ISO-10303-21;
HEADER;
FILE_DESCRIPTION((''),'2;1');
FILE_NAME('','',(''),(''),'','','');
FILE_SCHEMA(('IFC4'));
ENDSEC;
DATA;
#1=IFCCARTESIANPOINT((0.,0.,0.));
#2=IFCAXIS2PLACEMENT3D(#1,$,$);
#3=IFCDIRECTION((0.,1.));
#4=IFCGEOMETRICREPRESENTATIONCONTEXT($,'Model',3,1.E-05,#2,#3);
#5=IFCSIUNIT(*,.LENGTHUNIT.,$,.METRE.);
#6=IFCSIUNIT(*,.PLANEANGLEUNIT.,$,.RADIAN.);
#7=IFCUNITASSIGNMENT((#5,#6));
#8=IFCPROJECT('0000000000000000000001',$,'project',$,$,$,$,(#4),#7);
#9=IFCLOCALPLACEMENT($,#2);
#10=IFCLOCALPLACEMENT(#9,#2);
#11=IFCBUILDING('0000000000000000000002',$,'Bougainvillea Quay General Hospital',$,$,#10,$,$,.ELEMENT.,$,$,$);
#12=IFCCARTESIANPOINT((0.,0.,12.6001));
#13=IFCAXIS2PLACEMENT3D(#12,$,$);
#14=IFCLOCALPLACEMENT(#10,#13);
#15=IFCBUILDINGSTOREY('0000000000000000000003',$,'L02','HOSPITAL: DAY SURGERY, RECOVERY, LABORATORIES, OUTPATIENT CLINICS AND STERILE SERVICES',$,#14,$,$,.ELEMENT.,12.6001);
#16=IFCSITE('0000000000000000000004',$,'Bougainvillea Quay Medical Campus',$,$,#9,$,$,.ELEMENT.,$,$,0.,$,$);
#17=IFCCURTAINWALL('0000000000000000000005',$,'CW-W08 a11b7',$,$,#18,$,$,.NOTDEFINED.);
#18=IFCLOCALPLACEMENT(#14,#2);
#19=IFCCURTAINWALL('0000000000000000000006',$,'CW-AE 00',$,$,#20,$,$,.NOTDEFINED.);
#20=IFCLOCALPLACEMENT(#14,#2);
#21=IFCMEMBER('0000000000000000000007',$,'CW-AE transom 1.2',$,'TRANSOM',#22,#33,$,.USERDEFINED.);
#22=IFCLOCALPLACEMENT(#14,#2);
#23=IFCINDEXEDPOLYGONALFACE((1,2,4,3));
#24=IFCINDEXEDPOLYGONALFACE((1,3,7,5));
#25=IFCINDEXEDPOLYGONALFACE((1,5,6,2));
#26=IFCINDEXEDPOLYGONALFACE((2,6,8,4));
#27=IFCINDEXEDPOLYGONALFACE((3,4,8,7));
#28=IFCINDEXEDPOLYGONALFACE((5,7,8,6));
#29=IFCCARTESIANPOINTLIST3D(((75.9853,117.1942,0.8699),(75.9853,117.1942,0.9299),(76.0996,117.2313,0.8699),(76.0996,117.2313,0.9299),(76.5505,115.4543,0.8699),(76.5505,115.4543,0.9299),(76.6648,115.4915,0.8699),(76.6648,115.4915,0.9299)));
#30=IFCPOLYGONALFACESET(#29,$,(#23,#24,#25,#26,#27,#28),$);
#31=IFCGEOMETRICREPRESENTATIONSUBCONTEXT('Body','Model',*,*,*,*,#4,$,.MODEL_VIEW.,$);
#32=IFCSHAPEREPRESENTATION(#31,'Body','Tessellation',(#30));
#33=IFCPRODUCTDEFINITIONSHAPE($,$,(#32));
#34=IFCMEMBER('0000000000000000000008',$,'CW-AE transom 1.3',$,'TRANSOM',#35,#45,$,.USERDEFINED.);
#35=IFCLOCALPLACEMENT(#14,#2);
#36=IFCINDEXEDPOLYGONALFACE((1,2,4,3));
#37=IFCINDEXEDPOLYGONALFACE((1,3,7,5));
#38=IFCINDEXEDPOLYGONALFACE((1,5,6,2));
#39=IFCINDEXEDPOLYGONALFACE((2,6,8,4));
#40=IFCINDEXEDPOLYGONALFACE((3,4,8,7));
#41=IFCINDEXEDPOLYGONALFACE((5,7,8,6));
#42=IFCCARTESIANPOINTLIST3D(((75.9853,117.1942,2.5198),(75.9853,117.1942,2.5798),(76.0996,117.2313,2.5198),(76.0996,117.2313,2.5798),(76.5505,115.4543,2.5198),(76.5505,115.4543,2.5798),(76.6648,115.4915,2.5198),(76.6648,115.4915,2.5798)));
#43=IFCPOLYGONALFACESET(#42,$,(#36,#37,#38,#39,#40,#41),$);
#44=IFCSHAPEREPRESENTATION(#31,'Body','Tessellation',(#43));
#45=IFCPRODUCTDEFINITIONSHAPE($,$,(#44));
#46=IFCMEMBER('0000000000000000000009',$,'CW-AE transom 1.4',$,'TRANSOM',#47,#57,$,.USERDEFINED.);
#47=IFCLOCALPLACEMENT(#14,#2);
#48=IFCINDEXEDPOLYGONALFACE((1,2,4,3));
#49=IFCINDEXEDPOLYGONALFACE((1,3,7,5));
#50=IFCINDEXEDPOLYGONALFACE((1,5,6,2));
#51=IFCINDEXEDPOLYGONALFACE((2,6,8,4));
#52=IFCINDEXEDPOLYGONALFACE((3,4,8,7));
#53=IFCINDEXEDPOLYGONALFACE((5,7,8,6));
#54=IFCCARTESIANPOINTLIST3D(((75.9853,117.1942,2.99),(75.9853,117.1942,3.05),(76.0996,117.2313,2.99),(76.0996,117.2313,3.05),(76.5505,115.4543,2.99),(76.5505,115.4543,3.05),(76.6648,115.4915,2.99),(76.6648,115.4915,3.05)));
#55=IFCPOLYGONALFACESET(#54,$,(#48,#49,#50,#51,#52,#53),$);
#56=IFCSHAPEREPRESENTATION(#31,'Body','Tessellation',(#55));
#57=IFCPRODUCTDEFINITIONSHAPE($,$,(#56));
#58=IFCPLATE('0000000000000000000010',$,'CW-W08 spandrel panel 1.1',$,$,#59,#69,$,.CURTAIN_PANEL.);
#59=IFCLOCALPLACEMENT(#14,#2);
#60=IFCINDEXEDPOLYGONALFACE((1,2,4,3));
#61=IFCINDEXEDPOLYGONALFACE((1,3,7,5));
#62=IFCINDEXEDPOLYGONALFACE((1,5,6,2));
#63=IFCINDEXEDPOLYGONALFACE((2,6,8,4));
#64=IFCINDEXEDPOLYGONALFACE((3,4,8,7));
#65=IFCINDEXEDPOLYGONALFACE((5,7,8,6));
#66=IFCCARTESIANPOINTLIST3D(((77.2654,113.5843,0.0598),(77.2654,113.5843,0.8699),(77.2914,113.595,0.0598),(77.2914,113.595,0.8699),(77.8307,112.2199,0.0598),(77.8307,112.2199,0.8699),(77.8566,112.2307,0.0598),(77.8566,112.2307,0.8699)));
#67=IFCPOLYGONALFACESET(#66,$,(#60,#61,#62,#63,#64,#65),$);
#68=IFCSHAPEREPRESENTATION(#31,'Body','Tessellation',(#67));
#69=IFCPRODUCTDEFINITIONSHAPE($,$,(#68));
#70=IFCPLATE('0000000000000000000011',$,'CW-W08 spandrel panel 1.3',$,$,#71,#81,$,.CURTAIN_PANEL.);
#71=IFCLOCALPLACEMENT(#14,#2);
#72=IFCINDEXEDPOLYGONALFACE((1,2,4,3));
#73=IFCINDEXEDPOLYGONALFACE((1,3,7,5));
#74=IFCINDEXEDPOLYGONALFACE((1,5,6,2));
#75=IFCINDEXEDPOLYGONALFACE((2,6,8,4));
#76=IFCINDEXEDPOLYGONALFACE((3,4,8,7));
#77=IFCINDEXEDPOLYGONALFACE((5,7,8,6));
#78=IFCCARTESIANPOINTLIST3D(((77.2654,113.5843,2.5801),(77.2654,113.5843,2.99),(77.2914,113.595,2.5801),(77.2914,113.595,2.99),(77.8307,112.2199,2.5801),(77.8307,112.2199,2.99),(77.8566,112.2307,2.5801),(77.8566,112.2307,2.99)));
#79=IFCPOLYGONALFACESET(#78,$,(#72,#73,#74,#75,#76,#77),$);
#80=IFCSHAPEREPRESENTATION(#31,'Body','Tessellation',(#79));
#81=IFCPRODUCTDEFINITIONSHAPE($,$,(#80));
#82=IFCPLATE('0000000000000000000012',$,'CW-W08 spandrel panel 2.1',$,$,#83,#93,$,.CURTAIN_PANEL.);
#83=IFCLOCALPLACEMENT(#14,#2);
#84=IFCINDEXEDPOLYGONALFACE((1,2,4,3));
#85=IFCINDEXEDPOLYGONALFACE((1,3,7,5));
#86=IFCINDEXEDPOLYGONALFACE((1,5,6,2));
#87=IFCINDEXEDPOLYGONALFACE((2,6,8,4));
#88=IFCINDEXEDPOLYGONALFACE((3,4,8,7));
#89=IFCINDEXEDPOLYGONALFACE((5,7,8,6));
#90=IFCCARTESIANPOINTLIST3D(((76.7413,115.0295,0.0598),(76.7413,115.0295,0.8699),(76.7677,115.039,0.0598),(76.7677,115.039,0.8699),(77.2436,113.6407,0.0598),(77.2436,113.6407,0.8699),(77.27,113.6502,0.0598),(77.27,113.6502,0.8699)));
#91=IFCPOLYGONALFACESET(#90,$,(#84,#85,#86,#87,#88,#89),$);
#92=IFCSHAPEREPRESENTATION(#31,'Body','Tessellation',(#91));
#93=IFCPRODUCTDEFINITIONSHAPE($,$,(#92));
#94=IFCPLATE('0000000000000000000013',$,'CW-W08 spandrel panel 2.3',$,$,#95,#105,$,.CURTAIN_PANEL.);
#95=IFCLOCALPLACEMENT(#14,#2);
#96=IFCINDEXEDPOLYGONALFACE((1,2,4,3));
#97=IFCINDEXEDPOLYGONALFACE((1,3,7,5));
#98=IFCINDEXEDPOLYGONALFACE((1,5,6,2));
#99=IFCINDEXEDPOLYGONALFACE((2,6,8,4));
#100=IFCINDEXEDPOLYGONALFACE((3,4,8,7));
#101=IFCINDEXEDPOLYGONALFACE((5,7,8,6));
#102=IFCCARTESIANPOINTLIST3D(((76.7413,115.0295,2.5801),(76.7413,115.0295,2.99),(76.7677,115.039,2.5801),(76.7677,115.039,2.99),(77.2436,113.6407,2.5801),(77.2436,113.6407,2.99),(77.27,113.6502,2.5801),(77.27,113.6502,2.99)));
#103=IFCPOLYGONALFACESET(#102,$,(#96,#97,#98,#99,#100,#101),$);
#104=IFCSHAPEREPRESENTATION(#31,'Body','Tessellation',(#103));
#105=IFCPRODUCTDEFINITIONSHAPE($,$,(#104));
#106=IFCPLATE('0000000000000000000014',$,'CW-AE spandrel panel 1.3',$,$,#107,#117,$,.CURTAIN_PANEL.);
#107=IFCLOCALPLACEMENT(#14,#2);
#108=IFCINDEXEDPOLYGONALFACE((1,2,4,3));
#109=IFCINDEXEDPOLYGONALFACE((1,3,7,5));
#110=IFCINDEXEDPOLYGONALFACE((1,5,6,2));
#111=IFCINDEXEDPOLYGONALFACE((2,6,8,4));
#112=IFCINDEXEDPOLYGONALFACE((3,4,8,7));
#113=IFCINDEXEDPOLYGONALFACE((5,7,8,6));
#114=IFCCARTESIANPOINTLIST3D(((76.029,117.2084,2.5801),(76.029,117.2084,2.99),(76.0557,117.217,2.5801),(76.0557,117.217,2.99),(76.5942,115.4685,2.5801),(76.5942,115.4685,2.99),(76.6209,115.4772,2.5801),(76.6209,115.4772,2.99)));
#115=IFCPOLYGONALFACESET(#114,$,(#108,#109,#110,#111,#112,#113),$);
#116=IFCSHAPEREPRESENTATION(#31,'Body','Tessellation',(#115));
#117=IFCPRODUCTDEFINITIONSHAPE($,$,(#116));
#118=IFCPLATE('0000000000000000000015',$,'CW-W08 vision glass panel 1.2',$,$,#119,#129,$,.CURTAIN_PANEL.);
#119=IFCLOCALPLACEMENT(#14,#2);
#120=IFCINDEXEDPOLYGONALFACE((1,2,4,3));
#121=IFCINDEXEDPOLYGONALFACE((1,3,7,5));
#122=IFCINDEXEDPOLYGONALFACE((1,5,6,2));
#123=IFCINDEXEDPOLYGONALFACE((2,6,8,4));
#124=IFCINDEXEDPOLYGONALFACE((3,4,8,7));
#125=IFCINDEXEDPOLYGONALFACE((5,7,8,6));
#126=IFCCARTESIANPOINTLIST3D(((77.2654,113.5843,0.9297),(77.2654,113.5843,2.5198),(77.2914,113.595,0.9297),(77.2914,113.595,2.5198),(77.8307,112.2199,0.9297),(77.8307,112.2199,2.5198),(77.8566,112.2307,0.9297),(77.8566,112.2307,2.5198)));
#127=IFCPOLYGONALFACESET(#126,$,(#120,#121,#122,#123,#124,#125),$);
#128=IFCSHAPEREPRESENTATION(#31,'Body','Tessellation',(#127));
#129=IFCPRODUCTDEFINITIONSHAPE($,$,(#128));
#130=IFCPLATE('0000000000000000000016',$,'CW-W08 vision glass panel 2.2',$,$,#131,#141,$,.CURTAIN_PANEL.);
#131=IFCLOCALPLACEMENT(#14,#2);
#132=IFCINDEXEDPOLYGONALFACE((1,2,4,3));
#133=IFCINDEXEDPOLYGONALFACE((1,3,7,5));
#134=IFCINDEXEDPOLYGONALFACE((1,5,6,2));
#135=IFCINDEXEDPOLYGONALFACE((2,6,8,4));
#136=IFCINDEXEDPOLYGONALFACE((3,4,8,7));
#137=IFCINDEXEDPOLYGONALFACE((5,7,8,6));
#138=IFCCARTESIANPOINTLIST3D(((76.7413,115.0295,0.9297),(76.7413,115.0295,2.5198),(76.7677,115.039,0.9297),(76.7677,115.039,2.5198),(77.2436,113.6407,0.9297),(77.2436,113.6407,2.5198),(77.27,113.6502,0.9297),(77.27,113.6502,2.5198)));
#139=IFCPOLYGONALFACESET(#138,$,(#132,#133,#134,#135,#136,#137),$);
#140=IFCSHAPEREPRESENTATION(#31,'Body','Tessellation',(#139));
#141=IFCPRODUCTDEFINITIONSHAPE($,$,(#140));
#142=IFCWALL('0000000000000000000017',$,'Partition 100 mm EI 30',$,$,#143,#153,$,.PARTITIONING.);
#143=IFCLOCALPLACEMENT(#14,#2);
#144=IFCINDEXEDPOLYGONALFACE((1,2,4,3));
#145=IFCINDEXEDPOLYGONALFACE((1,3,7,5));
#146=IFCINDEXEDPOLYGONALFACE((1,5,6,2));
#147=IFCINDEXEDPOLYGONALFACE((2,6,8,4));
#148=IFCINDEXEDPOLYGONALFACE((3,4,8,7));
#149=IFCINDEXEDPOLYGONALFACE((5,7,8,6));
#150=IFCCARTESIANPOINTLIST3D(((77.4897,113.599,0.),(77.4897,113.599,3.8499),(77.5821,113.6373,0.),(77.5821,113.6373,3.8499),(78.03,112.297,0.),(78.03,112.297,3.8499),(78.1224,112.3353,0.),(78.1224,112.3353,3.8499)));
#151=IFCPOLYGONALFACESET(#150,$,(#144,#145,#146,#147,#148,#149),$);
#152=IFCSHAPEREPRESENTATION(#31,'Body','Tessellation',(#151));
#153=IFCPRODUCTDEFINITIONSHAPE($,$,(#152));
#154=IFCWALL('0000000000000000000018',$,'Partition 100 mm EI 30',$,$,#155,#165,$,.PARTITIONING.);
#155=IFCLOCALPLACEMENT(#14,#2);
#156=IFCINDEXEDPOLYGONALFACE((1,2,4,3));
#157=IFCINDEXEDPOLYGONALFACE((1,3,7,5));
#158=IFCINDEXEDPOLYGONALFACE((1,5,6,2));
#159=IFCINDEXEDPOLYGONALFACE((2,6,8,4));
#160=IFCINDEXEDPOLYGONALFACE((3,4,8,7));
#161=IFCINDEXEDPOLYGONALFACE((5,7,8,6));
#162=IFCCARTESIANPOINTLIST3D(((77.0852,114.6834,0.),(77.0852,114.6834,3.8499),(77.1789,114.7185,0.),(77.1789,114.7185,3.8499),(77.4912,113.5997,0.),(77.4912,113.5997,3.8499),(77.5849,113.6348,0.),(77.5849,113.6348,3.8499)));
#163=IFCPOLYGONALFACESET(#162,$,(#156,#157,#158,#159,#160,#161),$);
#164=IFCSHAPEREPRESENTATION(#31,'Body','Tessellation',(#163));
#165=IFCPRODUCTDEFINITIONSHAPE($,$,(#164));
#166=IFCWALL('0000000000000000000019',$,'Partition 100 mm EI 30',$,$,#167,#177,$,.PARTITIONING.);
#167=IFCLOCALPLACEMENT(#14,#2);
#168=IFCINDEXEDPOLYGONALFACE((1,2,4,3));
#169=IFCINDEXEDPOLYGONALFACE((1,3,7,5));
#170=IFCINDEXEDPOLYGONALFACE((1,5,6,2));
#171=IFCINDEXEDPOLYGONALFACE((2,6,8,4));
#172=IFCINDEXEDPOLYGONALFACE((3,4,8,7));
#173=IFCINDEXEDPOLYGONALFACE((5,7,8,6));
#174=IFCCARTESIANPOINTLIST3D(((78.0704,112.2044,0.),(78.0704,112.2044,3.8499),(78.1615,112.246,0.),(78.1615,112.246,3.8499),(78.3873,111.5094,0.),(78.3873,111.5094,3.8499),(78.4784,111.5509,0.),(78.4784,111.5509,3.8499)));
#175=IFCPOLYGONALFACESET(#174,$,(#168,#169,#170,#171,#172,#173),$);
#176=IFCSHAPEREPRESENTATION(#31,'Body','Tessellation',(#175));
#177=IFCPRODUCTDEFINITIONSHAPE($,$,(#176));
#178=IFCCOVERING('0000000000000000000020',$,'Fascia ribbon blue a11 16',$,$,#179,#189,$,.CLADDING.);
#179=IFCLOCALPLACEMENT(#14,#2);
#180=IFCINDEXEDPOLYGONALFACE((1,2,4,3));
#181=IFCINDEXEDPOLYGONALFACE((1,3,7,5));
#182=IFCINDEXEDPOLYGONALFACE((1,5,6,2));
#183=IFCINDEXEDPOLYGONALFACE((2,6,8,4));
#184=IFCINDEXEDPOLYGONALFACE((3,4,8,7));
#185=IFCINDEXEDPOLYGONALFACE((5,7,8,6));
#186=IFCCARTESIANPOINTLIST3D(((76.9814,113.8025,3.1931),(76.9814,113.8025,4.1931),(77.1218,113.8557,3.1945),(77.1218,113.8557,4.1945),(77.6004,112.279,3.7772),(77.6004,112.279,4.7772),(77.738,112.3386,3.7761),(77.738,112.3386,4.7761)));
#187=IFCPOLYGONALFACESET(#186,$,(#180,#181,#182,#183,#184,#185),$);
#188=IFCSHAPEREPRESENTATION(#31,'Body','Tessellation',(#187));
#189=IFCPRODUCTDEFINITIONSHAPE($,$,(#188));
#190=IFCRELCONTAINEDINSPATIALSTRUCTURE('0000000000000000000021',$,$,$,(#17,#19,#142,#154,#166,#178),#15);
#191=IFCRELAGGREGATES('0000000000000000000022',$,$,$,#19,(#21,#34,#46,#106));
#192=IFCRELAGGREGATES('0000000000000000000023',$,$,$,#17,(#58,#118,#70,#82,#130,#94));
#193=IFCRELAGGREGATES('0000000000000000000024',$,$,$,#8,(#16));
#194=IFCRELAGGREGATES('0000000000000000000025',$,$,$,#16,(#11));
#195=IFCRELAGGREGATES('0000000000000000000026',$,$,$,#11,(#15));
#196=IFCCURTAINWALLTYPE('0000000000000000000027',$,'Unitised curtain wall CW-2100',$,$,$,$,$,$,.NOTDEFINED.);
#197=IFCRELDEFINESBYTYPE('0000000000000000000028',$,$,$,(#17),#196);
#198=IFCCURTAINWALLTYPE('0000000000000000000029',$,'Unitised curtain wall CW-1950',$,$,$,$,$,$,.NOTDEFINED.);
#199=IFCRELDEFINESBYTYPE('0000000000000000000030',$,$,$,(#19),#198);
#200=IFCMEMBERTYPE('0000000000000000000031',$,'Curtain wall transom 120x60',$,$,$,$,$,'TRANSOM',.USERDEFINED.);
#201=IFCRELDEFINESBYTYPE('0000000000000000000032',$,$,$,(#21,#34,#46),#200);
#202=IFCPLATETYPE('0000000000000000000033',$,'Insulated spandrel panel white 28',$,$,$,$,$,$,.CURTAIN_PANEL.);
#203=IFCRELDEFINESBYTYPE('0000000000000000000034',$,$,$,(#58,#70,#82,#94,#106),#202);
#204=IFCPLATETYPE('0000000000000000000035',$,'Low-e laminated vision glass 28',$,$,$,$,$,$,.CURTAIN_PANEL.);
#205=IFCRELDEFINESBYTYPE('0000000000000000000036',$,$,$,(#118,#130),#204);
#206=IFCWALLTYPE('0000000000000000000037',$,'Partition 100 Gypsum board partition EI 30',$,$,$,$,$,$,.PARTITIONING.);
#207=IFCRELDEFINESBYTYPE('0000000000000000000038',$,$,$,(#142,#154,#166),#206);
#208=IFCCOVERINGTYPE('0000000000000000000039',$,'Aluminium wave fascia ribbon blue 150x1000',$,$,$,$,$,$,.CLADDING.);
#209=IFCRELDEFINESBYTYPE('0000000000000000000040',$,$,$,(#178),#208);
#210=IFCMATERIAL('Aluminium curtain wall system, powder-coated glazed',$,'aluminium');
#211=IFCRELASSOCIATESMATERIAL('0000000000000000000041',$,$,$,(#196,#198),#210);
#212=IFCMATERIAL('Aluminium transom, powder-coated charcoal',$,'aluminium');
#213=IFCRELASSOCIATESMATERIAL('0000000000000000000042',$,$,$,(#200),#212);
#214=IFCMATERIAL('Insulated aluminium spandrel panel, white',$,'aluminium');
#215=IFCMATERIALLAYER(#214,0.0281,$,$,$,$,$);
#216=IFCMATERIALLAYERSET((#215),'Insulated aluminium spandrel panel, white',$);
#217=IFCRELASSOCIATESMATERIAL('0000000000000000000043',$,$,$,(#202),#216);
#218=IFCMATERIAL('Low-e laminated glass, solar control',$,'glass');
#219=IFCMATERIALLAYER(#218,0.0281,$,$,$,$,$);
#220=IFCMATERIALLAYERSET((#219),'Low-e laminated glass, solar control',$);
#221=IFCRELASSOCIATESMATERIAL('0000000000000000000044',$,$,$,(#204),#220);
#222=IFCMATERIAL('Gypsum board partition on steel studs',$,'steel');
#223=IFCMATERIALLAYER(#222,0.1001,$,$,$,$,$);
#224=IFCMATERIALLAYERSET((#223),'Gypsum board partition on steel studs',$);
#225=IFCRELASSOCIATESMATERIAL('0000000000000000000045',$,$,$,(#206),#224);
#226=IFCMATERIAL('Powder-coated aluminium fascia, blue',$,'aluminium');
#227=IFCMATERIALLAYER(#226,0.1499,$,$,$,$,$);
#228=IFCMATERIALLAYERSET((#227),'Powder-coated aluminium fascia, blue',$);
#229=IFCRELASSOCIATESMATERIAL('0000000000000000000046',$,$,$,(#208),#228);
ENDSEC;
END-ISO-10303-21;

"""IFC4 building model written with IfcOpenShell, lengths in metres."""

from ifc_helpers import new_model, si_unit, direction, frame, frame_2d, origin, origin_2d, place, context, subcontext, project, spatial, polyline, rectangle, outline, extrude, material, layer, layer_set, material_profile, profile_set, type_object, element, aggregate, save


model = new_model("IFC4")

# Units and contexts
model_context = context("Model", 3, precision=1e-05, world=origin(), true_north=direction((0.0, 1.0)))
body_context = subcontext(model_context, "Body", "Model", "MODEL_VIEW")
ifc_project = project(units=[si_unit("LENGTHUNIT", "METRE"), si_unit("PLANEANGLEUNIT", "RADIAN")], contexts=[model_context])

# Site, building, storey
site_placement = place(None, origin())
site = spatial("IfcSite", under=ifc_project, at=site_placement, Name="Bougainvillea Quay Medical Campus", CompositionType="ELEMENT", RefElevation=0.0)
building_placement = place(site_placement, origin())
building = spatial("IfcBuilding", under=site, at=building_placement, Name="Bougainvillea Quay General Hospital", CompositionType="ELEMENT")
storey_placement = place(building_placement, frame((0.0, 0.0, 12.6001)))
storey = spatial("IfcBuildingStorey", under=building, at=storey_placement, Name="L02", Description="HOSPITAL: DAY SURGERY, RECOVERY, LABORATORIES, OUTPATIENT CLINICS AND STERILE SERVICES", CompositionType="ELEMENT", Elevation=12.6001)

# Shared definitions
ifc_material_1 = material(Name="Aluminium curtain wall system, powder-coated glazed", Category="aluminium")
curtain_wall_type_1 = type_object("IfcCurtainWallType", Name="Unitised curtain wall CW-2100", PredefinedType="NOTDEFINED", material=ifc_material_1)

# Curtain wall
curtain_wall_1_placement = place(storey_placement, origin())
curtain_wall_1 = element("IfcCurtainWall", 1, at=curtain_wall_1_placement, inside=storey, type_object=curtain_wall_type_1, Name="CW-W08 a11b7", PredefinedType="NOTDEFINED")

# Curtain wall
curtain_wall_type_2 = type_object("IfcCurtainWallType", Name="Unitised curtain wall CW-1950", PredefinedType="NOTDEFINED", material=ifc_material_1)
curtain_wall_2_placement = place(storey_placement, origin())
curtain_wall_2 = element("IfcCurtainWall", 2, at=curtain_wall_2_placement, inside=storey, type_object=curtain_wall_type_2, Name="CW-AE 00", PredefinedType="NOTDEFINED")

# Members
ifc_material_2 = material(Name="Aluminium transom, powder-coated charcoal", Category="aluminium")
ifc_material_profile_1 = material_profile(ifc_material_2, rectangle(XDim=0.1201, YDim=0.0601, at=origin_2d()))
ifc_profile_set_1 = profile_set([ifc_material_profile_1], Name="Aluminium transom, powder-coated charcoal")
member_type_1 = type_object("IfcMemberType", Name="Curtain wall transom 120x60", ElementType="TRANSOM", PredefinedType="USERDEFINED", material=ifc_profile_set_1)
member_1_placement = place(storey_placement, frame((76.6077, 115.4729, 0.8999), z_axis=(-0.308971, 0.951071, 0.0), x_axis=(-0.951071, -0.308971, 0.0)))
member_1 = element("IfcMember", 3, at=member_1_placement, type_object=member_type_1, Name="CW-AE transom 1.2", ObjectType="TRANSOM", PredefinedType="USERDEFINED", context=body_context, shape_type="SweptSolid", body=[
    extrude(rectangle(XDim=0.1201, YDim=0.0601, at=origin_2d()), origin(), (0.0, 0.0, 1.0), 1.8293),
])
member_2_placement = place(storey_placement, frame((76.6077, 115.4729, 2.5498), z_axis=(-0.308971, 0.951071, 0.0), x_axis=(-0.951071, -0.308971, 0.0)))
member_2 = element("IfcMember", 4, at=member_2_placement, type_object=member_type_1, Name="CW-AE transom 1.3", ObjectType="TRANSOM", PredefinedType="USERDEFINED", context=body_context, shape_type="SweptSolid", body=[
    extrude(rectangle(XDim=0.1201, YDim=0.0601, at=origin_2d()), origin(), (0.0, 0.0, 1.0), 1.8293),
])
member_3_placement = place(storey_placement, frame((76.6077, 115.4729, 3.02), z_axis=(-0.308971, 0.951071, 0.0), x_axis=(-0.951071, -0.308971, 0.0)))
member_3 = element("IfcMember", 5, at=member_3_placement, type_object=member_type_1, Name="CW-AE transom 1.4", ObjectType="TRANSOM", PredefinedType="USERDEFINED", context=body_context, shape_type="SweptSolid", body=[
    extrude(rectangle(XDim=0.1201, YDim=0.0601, at=origin_2d()), origin(), (0.0, 0.0, 1.0), 1.8293),
])

# Plates
ifc_material_3 = material(Name="Insulated aluminium spandrel panel, white", Category="aluminium")
ifc_layer_1 = layer(ifc_material_3, 0.0281)
ifc_layer_set_1 = layer_set([ifc_layer_1], Name="Insulated aluminium spandrel panel, white")
plate_type_1 = type_object("IfcPlateType", Name="Insulated spandrel panel white 28", PredefinedType="CURTAIN_PANEL", material=ifc_layer_set_1)
plate_1_placement = place(storey_placement, frame((77.561, 112.9075, 0.0598), z_axis=(0.0, 0.0, 1.0), x_axis=(-0.38277, 0.923843, 0.0)))
plate_1 = element("IfcPlate", 6, at=plate_1_placement, type_object=plate_type_1, Name="CW-W08 spandrel panel 1.1", PredefinedType="CURTAIN_PANEL", context=body_context, shape_type="SweptSolid", body=[
    extrude(rectangle(XDim=1.4768, YDim=0.0281, at=origin_2d()), origin(), (0.0, 0.0, 1.0), 0.8101),
])
plate_2_placement = place(storey_placement, frame((77.561, 112.9075, 2.5801), z_axis=(0.0, 0.0, 1.0), x_axis=(-0.38277, 0.923843, 0.0)))
plate_2 = element("IfcPlate", 7, at=plate_2_placement, type_object=plate_type_1, Name="CW-W08 spandrel panel 1.3", PredefinedType="CURTAIN_PANEL", context=body_context, shape_type="SweptSolid", body=[
    extrude(rectangle(XDim=1.4768, YDim=0.0281, at=origin_2d()), origin(), (0.0, 0.0, 1.0), 0.4099),
])
plate_3_placement = place(storey_placement, frame((77.0056, 114.3398, 0.0598), z_axis=(0.0, 0.0, 1.0), x_axis=(-0.34012, 0.940382, 0.0)))
plate_3 = element("IfcPlate", 8, at=plate_3_placement, type_object=plate_type_1, Name="CW-W08 spandrel panel 2.1", PredefinedType="CURTAIN_PANEL", context=body_context, shape_type="SweptSolid", body=[
    extrude(rectangle(XDim=1.4768, YDim=0.0281, at=origin_2d()), origin(), (0.0, 0.0, 1.0), 0.8101),
])
plate_4_placement = place(storey_placement, frame((77.0056, 114.3398, 2.5801), z_axis=(0.0, 0.0, 1.0), x_axis=(-0.34012, 0.940382, 0.0)))
plate_4 = element("IfcPlate", 9, at=plate_4_placement, type_object=plate_type_1, Name="CW-W08 spandrel panel 2.3", PredefinedType="CURTAIN_PANEL", context=body_context, shape_type="SweptSolid", body=[
    extrude(rectangle(XDim=1.4768, YDim=0.0281, at=origin_2d()), origin(), (0.0, 0.0, 1.0), 0.4099),
])
plate_5_placement = place(storey_placement, frame((76.325, 116.3428, 2.5801), z_axis=(0.0, 0.0, 1.0), x_axis=(-0.308971, 0.951072, 0.0)))
plate_5 = element("IfcPlate", 10, at=plate_5_placement, type_object=plate_type_1, Name="CW-AE spandrel panel 1.3", PredefinedType="CURTAIN_PANEL", context=body_context, shape_type="SweptSolid", body=[
    extrude(rectangle(XDim=1.8293, YDim=0.0281, at=origin_2d()), origin(), (0.0, 0.0, 1.0), 0.4099),
])
aggregate(curtain_wall_2, [member_1, member_2, member_3, plate_5])
ifc_material_4 = material(Name="Low-e laminated glass, solar control", Category="glass")
ifc_layer_2 = layer(ifc_material_4, 0.0281)
ifc_layer_set_2 = layer_set([ifc_layer_2], Name="Low-e laminated glass, solar control")
plate_type_2 = type_object("IfcPlateType", Name="Low-e laminated vision glass 28", PredefinedType="CURTAIN_PANEL", material=ifc_layer_set_2)
plate_6_placement = place(storey_placement, frame((77.561, 112.9075, 0.9297), z_axis=(0.0, 0.0, 1.0), x_axis=(-0.38277, 0.923843, 0.0)))
plate_6 = element("IfcPlate", 11, at=plate_6_placement, type_object=plate_type_2, Name="CW-W08 vision glass panel 1.2", PredefinedType="CURTAIN_PANEL", context=body_context, shape_type="SweptSolid", body=[
    extrude(rectangle(XDim=1.4768, YDim=0.0281, at=origin_2d()), origin(), (0.0, 0.0, 1.0), 1.5901),
])
plate_7_placement = place(storey_placement, frame((77.0056, 114.3398, 0.9297), z_axis=(0.0, 0.0, 1.0), x_axis=(-0.34012, 0.940382, 0.0)))
plate_7 = element("IfcPlate", 12, at=plate_7_placement, type_object=plate_type_2, Name="CW-W08 vision glass panel 2.2", PredefinedType="CURTAIN_PANEL", context=body_context, shape_type="SweptSolid", body=[
    extrude(rectangle(XDim=1.4768, YDim=0.0281, at=origin_2d()), origin(), (0.0, 0.0, 1.0), 1.5901),
])
aggregate(curtain_wall_1, [plate_1, plate_6, plate_2, plate_3, plate_7, plate_4])

# Walls
ifc_material_5 = material(Name="Gypsum board partition on steel studs", Category="steel")
ifc_layer_3 = layer(ifc_material_5, 0.1001)
ifc_layer_set_3 = layer_set([ifc_layer_3], Name="Gypsum board partition on steel studs")
wall_type = type_object("IfcWallType", Name="Partition 100 Gypsum board partition EI 30", PredefinedType="PARTITIONING", material=ifc_layer_set_3)
wall_1_placement = place(storey_placement, frame((77.5359, 113.6182, 0.0), z_axis=(0.0, 0.0, 1.0), x_axis=(0.383275, -0.923634, 0.0)))
element("IfcWall", 13, at=wall_1_placement, inside=storey, type_object=wall_type, Name="Partition 100 mm EI 30", PredefinedType="PARTITIONING", context=body_context, shape_type="SweptSolid", body=[
    extrude(rectangle(XDim=1.4097, YDim=0.1001, at=frame_2d((0.7048, 0.0))), origin(), (0.0, 0.0, 1.0), 3.8499),
])
wall_2_placement = place(storey_placement, frame((77.1321, 114.7009, 0.0), z_axis=(0.0, 0.0, 1.0), x_axis=(0.350823, -0.936442, 0.0)))
element("IfcWall", 14, at=wall_2_placement, inside=storey, type_object=wall_type, Name="Partition 100 mm EI 30", PredefinedType="PARTITIONING", context=body_context, shape_type="SweptSolid", body=[
    extrude(rectangle(XDim=1.1572, YDim=0.1001, at=frame_2d((0.5786, 0.0))), origin(), (0.0, 0.0, 1.0), 3.8499),
])
wall_3_placement = place(storey_placement, frame((78.116, 112.2251, 0.0), z_axis=(0.0, 0.0, 1.0), x_axis=(0.414838, -0.909895, 0.0)))
element("IfcWall", 15, at=wall_3_placement, inside=storey, type_object=wall_type, Name="Partition 100 mm EI 30", PredefinedType="PARTITIONING", context=body_context, shape_type="SweptSolid", body=[
    extrude(rectangle(XDim=0.7639, YDim=0.1001, at=frame_2d((0.3818, 0.0))), origin(), (0.0, 0.0, 1.0), 3.8499),
])

# Covering
ifc_material_6 = material(Name="Powder-coated aluminium fascia, blue", Category="aluminium")
ifc_layer_4 = layer(ifc_material_6, 0.1499)
ifc_layer_set_4 = layer_set([ifc_layer_4], Name="Powder-coated aluminium fascia, blue")
covering_type = type_object("IfcCoveringType", Name="Aluminium wave fascia ribbon blue 150x1000", PredefinedType="CLADDING", material=ifc_layer_set_4)
covering_1_placement = place(storey_placement, frame((77.738, 112.3386, 3.7761), z_axis=(-0.126527, 0.309896, 0.942314), x_axis=(-0.354613, 0.873044, -0.33473)))
element("IfcCovering", 16, at=covering_1_placement, inside=storey, type_object=covering_type, Name="Fascia ribbon blue a11 16", PredefinedType="CLADDING", context=body_context, shape_type="SweptSolid", body=[
    extrude(outline(polyline([(0.0, 0.0), (1.7377, 0.0), (1.7415, 0.1501), (-0.0036, 0.15), (0.0, 0.0)])), origin(), (-0.33473, -0.000571, 0.942314), 1.0),
])

save(model, "model.ifc")
